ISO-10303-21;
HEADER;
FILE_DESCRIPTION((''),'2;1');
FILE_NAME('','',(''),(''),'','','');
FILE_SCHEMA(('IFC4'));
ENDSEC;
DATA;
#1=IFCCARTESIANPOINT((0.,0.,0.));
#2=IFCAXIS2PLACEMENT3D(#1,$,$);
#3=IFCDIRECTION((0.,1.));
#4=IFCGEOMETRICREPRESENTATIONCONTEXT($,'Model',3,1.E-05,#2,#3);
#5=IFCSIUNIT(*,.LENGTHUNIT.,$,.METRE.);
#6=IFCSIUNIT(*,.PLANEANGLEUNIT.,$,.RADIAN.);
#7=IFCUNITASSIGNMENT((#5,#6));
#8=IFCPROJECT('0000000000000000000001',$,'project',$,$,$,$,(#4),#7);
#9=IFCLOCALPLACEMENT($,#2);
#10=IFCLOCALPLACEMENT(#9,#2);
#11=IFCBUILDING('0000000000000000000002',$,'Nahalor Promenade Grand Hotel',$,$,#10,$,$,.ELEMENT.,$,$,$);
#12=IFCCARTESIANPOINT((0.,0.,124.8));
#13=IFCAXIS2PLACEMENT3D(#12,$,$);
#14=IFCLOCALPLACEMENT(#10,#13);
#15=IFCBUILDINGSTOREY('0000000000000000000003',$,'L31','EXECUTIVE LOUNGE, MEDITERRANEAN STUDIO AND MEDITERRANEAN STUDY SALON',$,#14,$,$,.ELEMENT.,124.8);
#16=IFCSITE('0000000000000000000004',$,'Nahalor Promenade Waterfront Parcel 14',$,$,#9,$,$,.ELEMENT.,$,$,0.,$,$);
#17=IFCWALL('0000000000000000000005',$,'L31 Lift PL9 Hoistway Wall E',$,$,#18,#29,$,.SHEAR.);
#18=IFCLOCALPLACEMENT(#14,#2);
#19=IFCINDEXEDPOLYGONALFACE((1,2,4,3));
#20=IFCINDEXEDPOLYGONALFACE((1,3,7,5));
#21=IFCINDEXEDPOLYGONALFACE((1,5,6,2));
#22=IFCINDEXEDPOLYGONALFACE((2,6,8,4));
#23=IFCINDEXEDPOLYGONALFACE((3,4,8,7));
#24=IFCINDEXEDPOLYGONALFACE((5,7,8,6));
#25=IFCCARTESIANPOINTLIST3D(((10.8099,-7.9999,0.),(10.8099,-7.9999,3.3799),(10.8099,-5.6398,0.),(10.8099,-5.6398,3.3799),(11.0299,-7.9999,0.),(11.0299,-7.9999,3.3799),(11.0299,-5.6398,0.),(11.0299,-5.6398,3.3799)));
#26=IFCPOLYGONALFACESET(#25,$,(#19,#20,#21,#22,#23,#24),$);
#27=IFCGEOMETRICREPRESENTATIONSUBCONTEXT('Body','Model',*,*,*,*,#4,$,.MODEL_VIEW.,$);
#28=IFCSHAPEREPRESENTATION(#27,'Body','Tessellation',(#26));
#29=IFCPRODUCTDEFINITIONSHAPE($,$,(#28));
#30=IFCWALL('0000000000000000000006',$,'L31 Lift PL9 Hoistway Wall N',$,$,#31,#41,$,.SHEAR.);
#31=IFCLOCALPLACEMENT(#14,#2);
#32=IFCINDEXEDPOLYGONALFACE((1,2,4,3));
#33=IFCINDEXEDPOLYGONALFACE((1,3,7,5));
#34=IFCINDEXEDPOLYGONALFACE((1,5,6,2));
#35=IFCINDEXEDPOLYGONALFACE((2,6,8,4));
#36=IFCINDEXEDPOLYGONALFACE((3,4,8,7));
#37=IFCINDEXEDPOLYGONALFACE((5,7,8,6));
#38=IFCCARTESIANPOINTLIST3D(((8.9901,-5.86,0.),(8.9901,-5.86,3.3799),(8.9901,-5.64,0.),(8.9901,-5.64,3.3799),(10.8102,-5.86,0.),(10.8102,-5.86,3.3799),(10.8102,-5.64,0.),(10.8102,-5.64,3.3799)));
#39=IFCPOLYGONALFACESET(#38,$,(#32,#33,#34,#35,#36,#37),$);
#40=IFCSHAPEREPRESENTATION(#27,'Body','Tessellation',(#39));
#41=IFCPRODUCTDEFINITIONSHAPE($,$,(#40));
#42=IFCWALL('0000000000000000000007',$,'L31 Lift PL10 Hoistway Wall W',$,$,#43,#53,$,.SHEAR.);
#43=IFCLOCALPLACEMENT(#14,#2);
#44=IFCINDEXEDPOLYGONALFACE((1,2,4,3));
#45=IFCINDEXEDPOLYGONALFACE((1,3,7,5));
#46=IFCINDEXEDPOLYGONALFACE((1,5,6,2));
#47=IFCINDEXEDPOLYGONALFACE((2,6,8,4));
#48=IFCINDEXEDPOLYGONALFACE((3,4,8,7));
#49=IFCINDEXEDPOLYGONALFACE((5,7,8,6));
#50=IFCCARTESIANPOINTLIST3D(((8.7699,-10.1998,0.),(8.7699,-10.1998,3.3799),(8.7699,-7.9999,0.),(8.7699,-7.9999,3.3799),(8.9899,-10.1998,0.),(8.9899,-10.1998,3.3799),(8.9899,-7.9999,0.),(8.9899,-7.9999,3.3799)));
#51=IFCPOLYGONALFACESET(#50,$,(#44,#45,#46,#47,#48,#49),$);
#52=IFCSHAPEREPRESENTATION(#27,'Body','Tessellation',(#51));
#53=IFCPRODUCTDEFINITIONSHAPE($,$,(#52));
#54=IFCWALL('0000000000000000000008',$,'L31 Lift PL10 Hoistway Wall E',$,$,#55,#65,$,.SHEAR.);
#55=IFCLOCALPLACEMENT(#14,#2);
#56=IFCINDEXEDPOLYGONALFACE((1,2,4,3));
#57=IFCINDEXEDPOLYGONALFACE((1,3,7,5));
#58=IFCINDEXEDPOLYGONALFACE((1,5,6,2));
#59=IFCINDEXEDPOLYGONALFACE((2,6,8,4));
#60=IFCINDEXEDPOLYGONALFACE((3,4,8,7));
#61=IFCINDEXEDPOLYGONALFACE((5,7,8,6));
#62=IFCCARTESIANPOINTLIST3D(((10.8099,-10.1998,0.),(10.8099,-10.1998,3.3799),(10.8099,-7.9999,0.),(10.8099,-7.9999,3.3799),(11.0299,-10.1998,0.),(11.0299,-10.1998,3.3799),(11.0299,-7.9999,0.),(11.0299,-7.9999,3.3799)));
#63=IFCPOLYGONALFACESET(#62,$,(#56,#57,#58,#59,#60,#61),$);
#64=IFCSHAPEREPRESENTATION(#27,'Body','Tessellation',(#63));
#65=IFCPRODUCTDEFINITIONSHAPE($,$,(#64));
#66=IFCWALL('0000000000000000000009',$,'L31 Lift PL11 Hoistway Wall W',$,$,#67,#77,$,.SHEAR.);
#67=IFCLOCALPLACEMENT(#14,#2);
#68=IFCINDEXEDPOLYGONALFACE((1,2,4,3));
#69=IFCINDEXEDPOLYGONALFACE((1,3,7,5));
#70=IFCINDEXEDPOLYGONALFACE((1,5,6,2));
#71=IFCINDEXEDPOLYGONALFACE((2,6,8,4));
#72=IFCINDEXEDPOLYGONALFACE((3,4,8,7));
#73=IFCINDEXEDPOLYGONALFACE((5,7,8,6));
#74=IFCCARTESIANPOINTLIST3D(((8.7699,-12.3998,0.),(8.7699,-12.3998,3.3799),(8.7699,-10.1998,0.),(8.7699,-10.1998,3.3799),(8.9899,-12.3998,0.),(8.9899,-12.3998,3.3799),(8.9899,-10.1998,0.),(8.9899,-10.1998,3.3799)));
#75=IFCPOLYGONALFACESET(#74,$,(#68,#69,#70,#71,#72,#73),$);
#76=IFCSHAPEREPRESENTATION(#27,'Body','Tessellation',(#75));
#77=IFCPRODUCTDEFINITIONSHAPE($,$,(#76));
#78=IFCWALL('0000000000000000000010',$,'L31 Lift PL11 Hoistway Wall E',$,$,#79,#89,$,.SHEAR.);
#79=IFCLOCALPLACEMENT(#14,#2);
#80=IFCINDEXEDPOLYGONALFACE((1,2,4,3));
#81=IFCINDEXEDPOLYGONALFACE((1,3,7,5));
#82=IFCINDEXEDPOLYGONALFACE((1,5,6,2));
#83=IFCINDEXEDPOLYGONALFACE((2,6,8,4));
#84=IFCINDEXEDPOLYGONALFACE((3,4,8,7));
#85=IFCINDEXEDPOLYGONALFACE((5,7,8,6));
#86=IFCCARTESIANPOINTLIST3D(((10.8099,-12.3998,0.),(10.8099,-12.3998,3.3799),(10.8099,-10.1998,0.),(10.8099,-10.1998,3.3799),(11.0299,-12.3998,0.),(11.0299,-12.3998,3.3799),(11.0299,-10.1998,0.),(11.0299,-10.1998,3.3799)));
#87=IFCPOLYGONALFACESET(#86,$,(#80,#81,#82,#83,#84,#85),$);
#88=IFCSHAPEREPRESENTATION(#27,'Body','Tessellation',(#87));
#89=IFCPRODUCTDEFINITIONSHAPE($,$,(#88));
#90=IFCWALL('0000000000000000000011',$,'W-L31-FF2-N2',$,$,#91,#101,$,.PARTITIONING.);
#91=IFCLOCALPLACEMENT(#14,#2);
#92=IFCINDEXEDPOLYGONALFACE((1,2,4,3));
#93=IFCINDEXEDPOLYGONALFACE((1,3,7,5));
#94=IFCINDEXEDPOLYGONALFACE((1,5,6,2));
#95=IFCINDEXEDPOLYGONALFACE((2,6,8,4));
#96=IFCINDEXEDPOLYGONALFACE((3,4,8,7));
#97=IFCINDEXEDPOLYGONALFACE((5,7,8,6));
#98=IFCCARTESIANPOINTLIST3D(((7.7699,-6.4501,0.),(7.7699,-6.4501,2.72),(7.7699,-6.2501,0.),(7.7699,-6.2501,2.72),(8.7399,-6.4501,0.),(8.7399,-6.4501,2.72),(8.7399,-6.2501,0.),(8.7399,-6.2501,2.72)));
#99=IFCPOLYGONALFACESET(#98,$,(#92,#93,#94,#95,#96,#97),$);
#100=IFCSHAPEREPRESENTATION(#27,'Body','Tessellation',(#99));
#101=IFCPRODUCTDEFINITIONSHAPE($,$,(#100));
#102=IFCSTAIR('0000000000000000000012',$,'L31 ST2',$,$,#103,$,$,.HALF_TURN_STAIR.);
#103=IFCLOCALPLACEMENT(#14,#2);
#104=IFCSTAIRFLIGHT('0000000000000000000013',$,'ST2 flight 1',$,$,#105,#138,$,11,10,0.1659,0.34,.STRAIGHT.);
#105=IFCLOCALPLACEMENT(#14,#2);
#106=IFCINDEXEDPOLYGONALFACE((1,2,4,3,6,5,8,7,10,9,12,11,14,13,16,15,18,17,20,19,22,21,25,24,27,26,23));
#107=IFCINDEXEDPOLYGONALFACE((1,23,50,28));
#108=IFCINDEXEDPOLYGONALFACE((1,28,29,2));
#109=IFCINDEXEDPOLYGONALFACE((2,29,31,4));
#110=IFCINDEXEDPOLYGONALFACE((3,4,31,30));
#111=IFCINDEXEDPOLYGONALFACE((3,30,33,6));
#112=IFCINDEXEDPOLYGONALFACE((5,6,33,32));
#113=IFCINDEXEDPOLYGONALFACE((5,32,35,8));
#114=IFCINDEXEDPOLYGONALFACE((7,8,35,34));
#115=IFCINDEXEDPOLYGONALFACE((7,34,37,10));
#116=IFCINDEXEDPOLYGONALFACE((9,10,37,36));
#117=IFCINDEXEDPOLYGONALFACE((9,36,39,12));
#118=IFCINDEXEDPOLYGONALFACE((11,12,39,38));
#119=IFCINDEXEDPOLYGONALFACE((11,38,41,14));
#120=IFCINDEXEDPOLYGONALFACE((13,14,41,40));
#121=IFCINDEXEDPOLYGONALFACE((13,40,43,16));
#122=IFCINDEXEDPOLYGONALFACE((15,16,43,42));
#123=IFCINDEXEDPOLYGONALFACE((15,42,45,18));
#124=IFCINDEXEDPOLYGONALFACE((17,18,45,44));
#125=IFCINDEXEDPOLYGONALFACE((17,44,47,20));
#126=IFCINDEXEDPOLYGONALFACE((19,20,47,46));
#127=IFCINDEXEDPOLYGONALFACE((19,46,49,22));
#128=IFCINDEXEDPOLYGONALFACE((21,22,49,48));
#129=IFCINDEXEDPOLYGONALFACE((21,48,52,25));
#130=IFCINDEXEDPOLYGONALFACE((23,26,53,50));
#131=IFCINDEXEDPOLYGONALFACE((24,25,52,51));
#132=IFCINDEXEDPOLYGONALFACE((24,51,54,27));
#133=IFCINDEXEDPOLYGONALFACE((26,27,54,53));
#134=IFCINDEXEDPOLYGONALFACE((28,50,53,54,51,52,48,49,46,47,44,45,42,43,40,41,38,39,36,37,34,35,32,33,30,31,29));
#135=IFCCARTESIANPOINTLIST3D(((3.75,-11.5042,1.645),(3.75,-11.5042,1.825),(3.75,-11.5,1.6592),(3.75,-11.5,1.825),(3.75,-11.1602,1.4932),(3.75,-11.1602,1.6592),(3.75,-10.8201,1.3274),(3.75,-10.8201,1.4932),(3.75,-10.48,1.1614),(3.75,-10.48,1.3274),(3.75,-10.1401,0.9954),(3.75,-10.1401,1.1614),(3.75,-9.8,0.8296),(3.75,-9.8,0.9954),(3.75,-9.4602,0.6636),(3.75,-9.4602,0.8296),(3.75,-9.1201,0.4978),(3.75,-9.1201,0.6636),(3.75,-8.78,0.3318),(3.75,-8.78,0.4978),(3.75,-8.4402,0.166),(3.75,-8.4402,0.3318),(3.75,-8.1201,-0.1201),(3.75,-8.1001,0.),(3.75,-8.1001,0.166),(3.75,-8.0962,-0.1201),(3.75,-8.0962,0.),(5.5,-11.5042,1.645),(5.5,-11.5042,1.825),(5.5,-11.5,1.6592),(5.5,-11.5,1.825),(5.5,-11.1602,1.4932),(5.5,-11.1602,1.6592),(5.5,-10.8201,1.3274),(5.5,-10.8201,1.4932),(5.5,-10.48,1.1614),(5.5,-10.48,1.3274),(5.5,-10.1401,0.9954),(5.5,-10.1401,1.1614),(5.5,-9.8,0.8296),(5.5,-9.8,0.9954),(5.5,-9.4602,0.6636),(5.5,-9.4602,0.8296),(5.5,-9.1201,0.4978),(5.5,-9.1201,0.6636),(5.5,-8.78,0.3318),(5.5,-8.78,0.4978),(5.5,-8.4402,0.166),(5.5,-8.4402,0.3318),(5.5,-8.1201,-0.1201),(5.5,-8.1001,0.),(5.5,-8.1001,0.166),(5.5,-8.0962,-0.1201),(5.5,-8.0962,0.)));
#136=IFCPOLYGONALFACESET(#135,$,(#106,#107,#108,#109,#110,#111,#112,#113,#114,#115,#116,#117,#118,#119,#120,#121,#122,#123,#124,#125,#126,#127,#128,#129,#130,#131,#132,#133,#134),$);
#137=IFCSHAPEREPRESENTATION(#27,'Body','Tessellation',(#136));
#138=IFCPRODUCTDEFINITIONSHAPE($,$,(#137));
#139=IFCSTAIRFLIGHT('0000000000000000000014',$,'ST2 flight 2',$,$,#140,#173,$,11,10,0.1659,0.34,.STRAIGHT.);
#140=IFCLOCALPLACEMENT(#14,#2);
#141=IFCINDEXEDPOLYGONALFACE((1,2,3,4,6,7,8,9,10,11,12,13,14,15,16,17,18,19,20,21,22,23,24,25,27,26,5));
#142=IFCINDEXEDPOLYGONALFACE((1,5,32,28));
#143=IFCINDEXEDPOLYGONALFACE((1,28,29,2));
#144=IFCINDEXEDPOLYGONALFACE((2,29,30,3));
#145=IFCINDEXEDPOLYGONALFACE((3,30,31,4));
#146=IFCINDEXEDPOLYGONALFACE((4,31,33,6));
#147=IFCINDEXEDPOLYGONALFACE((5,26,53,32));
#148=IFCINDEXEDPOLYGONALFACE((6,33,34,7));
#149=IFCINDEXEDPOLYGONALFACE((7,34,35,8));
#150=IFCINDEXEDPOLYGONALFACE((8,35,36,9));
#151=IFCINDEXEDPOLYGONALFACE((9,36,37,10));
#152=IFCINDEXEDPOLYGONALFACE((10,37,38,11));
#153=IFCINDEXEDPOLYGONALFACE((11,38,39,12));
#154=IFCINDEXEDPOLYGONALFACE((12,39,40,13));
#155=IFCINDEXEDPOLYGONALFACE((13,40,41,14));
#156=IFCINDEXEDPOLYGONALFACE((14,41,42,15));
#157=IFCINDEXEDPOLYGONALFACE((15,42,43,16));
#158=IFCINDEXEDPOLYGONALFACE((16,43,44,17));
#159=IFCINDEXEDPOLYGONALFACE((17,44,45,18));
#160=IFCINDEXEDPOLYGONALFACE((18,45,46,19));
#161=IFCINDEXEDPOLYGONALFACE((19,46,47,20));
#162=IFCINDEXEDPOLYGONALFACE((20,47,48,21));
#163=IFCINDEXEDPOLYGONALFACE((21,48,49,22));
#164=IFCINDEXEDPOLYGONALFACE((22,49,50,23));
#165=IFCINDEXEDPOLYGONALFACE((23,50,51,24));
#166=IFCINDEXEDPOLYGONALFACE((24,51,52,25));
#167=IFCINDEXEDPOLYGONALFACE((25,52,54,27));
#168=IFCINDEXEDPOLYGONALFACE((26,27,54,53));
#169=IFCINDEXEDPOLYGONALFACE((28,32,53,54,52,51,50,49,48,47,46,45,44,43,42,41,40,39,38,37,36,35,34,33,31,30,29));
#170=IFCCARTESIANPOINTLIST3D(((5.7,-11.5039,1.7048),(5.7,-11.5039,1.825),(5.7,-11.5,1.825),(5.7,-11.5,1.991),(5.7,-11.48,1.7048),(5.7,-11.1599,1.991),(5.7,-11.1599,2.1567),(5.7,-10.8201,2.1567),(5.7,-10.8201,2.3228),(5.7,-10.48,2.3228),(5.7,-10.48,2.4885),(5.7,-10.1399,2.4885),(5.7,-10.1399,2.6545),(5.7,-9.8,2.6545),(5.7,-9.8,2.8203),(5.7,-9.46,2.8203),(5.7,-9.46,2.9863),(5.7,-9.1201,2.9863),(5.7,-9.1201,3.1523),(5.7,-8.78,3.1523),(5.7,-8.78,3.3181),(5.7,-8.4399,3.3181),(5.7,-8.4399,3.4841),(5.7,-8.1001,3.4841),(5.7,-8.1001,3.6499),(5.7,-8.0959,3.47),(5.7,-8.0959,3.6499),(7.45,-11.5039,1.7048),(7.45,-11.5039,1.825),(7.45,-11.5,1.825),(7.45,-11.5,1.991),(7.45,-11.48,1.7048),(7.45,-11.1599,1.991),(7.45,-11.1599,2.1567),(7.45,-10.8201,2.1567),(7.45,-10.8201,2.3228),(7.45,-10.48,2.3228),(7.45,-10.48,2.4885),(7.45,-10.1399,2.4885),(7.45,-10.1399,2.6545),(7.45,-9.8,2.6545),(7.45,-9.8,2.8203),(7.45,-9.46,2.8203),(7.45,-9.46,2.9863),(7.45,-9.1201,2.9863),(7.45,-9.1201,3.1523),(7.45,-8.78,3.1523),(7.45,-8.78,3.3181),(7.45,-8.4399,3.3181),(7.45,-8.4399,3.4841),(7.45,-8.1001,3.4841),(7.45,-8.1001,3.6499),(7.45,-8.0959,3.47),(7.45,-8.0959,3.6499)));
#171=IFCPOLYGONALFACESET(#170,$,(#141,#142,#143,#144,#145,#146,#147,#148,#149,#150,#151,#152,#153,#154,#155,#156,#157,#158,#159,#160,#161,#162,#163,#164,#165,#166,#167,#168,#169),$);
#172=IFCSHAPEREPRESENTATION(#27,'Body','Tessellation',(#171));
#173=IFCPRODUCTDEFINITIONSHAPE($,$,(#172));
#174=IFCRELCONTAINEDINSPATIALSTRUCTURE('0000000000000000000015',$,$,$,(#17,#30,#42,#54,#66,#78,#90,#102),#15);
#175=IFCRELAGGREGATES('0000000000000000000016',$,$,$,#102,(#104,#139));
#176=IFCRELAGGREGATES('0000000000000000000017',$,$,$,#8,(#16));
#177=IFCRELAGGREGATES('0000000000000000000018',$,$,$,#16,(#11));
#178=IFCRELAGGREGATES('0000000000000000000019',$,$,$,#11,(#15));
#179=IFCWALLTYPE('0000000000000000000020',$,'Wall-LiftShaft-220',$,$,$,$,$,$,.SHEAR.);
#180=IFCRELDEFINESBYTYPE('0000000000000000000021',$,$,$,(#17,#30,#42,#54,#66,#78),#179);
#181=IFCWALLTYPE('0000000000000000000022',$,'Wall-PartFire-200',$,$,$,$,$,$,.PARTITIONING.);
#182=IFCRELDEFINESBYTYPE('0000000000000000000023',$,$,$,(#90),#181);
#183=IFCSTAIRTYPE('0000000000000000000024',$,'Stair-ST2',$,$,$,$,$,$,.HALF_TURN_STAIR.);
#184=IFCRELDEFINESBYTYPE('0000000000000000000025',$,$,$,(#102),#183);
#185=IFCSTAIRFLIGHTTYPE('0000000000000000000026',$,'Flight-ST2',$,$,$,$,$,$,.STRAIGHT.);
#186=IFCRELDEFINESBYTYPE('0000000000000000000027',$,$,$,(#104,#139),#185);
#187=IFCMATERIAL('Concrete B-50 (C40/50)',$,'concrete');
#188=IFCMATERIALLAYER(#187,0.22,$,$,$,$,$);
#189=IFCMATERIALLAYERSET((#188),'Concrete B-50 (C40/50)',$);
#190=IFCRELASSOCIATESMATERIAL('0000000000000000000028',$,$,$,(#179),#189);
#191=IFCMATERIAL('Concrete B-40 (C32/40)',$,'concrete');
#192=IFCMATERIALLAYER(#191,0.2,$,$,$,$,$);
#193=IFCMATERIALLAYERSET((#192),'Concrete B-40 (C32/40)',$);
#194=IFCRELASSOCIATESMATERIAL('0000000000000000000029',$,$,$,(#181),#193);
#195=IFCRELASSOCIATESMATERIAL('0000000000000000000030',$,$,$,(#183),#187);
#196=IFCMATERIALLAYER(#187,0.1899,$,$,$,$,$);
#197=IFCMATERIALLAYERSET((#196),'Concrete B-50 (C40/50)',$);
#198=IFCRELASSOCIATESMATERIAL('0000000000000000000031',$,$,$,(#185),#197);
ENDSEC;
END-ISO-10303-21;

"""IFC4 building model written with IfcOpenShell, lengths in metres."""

from ifc_helpers import new_model, si_unit, direction, frame, frame_2d, origin, place, context, subcontext, project, spatial, polyline, rectangle, outline, extrude, source, transform, mapped, material, layer, layer_set, type_object, element, aggregate, save


model = new_model("IFC4")

# Units and contexts
model_context = context("Model", 3, precision=1e-05, world=origin(), true_north=direction((0.0, 1.0)))
body_context = subcontext(model_context, "Body", "Model", "MODEL_VIEW")
ifc_project = project(units=[si_unit("LENGTHUNIT", "METRE"), si_unit("PLANEANGLEUNIT", "RADIAN")], contexts=[model_context])

# Site, building, storey
site_placement = place(None, origin())
site = spatial("IfcSite", under=ifc_project, at=site_placement, Name="Nahalor Promenade Waterfront Parcel 14", CompositionType="ELEMENT", RefElevation=0.0)
building_placement = place(site_placement, origin())
building = spatial("IfcBuilding", under=site, at=building_placement, Name="Nahalor Promenade Grand Hotel", CompositionType="ELEMENT")
storey_placement = place(building_placement, frame((0.0, 0.0, 124.8)))
storey = spatial("IfcBuildingStorey", under=building, at=storey_placement, Name="L31", Description="EXECUTIVE LOUNGE, MEDITERRANEAN STUDIO AND MEDITERRANEAN STUDY SALON", CompositionType="ELEMENT", Elevation=124.8)

# Walls
ifc_material_1 = material(Name="Concrete B-50 (C40/50)", Category="concrete")
ifc_layer_1 = layer(ifc_material_1, 0.22)
ifc_layer_set_1 = layer_set([ifc_layer_1], Name="Concrete B-50 (C40/50)")
wall_type_1 = type_object("IfcWallType", Name="Wall-LiftShaft-220", PredefinedType="SHEAR", material=ifc_layer_set_1)
shared_shape_1 = source(origin(), body_context, "Body", "SweptSolid", [
    extrude(rectangle(XDim=2.3601, YDim=0.22, at=frame_2d((1.1802, 0.0))), origin(), (0.0, 0.0, 1.0), 3.3799),
])
for number, where, z_axis, x_axis, name in (
    (1, (10.9199, -8.0, 0.0), (0.0, 0.0, 1.0), (0.0, 1.0, 0.0), "L31 Lift PL9 Hoistway Wall E"),
):
    element("IfcWall", number, at=place(storey_placement, frame(where, z_axis=z_axis, x_axis=x_axis)), inside=storey, type_object=wall_type_1, Name=name, PredefinedType="SHEAR", context=body_context, shape_type="MappedRepresentation", body=[
        mapped(shared_shape_1, transform((0.0, 0.0, 0.0), scale=1.0)),
    ])
shared_shape_2 = source(origin(), body_context, "Body", "SweptSolid", [
    extrude(rectangle(XDim=1.8201, YDim=0.22, at=frame_2d((0.9102, 0.0))), origin(), (0.0, 0.0, 1.0), 3.3799),
])
wall_1_placement = place(storey_placement, frame((8.99, -5.75, 0.0), z_axis=(0.0, 0.0, 1.0), x_axis=(1.0, 0.0, 0.0)))
element("IfcWall", 2, at=wall_1_placement, inside=storey, type_object=wall_type_1, Name="L31 Lift PL9 Hoistway Wall N", PredefinedType="SHEAR", context=body_context, shape_type="MappedRepresentation", body=[
    mapped(shared_shape_2, transform((0.0, 0.0, 0.0), scale=1.0)),
])
shared_shape_3 = source(origin(), body_context, "Body", "SweptSolid", [
    extrude(rectangle(XDim=2.2, YDim=0.22, at=frame_2d((1.1001, 0.0))), origin(), (0.0, 0.0, 1.0), 3.3799),
])
for number, where, z_axis, x_axis, name in (
    (3, (8.8799, -10.2, 0.0), (0.0, 0.0, 1.0), (0.0, 1.0, 0.0), "L31 Lift PL10 Hoistway Wall W"),
    (4, (10.9199, -10.2, 0.0), (0.0, 0.0, 1.0), (0.0, 1.0, 0.0), "L31 Lift PL10 Hoistway Wall E"),
    (5, (8.8799, -12.3999, 0.0), (0.0, 0.0, 1.0), (0.0, 1.0, 0.0), "L31 Lift PL11 Hoistway Wall W"),
    (6, (10.9199, -12.3999, 0.0), (0.0, 0.0, 1.0), (0.0, 1.0, 0.0), "L31 Lift PL11 Hoistway Wall E"),
):
    element("IfcWall", number, at=place(storey_placement, frame(where, z_axis=z_axis, x_axis=x_axis)), inside=storey, type_object=wall_type_1, Name=name, PredefinedType="SHEAR", context=body_context, shape_type="MappedRepresentation", body=[
        mapped(shared_shape_3, transform((0.0, 0.0, 0.0), scale=1.0)),
    ])
ifc_material_2 = material(Name="Concrete B-40 (C32/40)", Category="concrete")
ifc_layer_2 = layer(ifc_material_2, 0.2)
ifc_layer_set_2 = layer_set([ifc_layer_2], Name="Concrete B-40 (C32/40)")
wall_type_2 = type_object("IfcWallType", Name="Wall-PartFire-200", PredefinedType="PARTITIONING", material=ifc_layer_set_2)
shared_shape_4 = source(origin(), body_context, "Body", "SweptSolid", [
    extrude(rectangle(XDim=0.97, YDim=0.2, at=frame_2d((0.4849, 0.0))), origin(), (0.0, 0.0, 1.0), 2.72),
])
wall_2_placement = place(storey_placement, frame((7.77, -6.3501, 0.0), z_axis=(0.0, 0.0, 1.0), x_axis=(1.0, 0.0, 0.0)))
element("IfcWall", 7, at=wall_2_placement, inside=storey, type_object=wall_type_2, Name="W-L31-FF2-N2", PredefinedType="PARTITIONING", context=body_context, shape_type="MappedRepresentation", body=[
    mapped(shared_shape_4, transform((0.0, 0.0, 0.0), scale=1.0)),
])

# Stair, stair flights
stair_type = type_object("IfcStairType", Name="Stair-ST2", PredefinedType="HALF_TURN_STAIR", material=ifc_material_1)
stair_placement = place(storey_placement, origin())
stair = element("IfcStair", 8, at=stair_placement, inside=storey, type_object=stair_type, Name="L31 ST2", PredefinedType="HALF_TURN_STAIR")
ifc_layer_3 = layer(ifc_material_1, 0.1899)
ifc_layer_set_3 = layer_set([ifc_layer_3], Name="Concrete B-50 (C40/50)")
stair_flight_type = type_object("IfcStairFlightType", Name="Flight-ST2", PredefinedType="STRAIGHT", material=ifc_layer_set_3)
shared_shape_5 = source(origin(), body_context, "Body", "SweptSolid", [
    extrude(outline(polyline([(-0.0039, -0.1201), (-0.0039, 0.0), (0.0, 0.0), (0.0, 0.166), (0.3401, 0.166), (0.3401, 0.3318), (0.6799, 0.3318), (0.6799, 0.4978), (1.02, 0.4978), (1.02, 0.6636), (1.3601, 0.6636), (1.3601, 0.8296), (1.7, 0.8296), (1.7, 0.9954), (2.04, 0.9954), (2.04, 1.1614), (2.3799, 1.1614), (2.3799, 1.3274), (2.72, 1.3274), (2.72, 1.4932), (3.0601, 1.4932), (3.0601, 1.6592), (3.3999, 1.6592), (3.3999, 1.825), (3.4041, 1.825), (3.4041, 1.645), (0.02, -0.1201), (-0.0039, -0.1201)])), frame((0.0, 0.875, 0.0), z_axis=(0.0, -1.0, 0.0), x_axis=(1.0, 0.0, 0.0)), (0.0, 0.0, 1.0), 1.75),
])
stair_flight_1_placement = place(storey_placement, frame((4.625, -8.1001, 0.0), z_axis=(0.0, 0.0, 1.0), x_axis=(0.0, -1.0, 0.0)))
stair_flight_1 = element("IfcStairFlight", 9, at=stair_flight_1_placement, type_object=stair_flight_type, Name="ST2 flight 1", NumberOfRisers=11, NumberOfTreads=10, PredefinedType="STRAIGHT", RiserHeight=0.1659, TreadLength=0.34, context=body_context, shape_type="MappedRepresentation", body=[
    mapped(shared_shape_5, transform((0.0, 0.0, 0.0), scale=1.0)),
])
stair_flight_2_placement = place(storey_placement, frame((6.575, -11.5, 1.825), z_axis=(0.0, 0.0, 1.0), x_axis=(0.0, 1.0, 0.0)))
stair_flight_2 = element("IfcStairFlight", 10, at=stair_flight_2_placement, type_object=stair_flight_type, Name="ST2 flight 2", NumberOfRisers=11, NumberOfTreads=10, PredefinedType="STRAIGHT", RiserHeight=0.1659, TreadLength=0.34, context=body_context, shape_type="MappedRepresentation", body=[
    mapped(shared_shape_5, transform((0.0, 0.0, 0.0), scale=1.0)),
])
aggregate(stair, [stair_flight_1, stair_flight_2])

save(model, "model.ifc")
